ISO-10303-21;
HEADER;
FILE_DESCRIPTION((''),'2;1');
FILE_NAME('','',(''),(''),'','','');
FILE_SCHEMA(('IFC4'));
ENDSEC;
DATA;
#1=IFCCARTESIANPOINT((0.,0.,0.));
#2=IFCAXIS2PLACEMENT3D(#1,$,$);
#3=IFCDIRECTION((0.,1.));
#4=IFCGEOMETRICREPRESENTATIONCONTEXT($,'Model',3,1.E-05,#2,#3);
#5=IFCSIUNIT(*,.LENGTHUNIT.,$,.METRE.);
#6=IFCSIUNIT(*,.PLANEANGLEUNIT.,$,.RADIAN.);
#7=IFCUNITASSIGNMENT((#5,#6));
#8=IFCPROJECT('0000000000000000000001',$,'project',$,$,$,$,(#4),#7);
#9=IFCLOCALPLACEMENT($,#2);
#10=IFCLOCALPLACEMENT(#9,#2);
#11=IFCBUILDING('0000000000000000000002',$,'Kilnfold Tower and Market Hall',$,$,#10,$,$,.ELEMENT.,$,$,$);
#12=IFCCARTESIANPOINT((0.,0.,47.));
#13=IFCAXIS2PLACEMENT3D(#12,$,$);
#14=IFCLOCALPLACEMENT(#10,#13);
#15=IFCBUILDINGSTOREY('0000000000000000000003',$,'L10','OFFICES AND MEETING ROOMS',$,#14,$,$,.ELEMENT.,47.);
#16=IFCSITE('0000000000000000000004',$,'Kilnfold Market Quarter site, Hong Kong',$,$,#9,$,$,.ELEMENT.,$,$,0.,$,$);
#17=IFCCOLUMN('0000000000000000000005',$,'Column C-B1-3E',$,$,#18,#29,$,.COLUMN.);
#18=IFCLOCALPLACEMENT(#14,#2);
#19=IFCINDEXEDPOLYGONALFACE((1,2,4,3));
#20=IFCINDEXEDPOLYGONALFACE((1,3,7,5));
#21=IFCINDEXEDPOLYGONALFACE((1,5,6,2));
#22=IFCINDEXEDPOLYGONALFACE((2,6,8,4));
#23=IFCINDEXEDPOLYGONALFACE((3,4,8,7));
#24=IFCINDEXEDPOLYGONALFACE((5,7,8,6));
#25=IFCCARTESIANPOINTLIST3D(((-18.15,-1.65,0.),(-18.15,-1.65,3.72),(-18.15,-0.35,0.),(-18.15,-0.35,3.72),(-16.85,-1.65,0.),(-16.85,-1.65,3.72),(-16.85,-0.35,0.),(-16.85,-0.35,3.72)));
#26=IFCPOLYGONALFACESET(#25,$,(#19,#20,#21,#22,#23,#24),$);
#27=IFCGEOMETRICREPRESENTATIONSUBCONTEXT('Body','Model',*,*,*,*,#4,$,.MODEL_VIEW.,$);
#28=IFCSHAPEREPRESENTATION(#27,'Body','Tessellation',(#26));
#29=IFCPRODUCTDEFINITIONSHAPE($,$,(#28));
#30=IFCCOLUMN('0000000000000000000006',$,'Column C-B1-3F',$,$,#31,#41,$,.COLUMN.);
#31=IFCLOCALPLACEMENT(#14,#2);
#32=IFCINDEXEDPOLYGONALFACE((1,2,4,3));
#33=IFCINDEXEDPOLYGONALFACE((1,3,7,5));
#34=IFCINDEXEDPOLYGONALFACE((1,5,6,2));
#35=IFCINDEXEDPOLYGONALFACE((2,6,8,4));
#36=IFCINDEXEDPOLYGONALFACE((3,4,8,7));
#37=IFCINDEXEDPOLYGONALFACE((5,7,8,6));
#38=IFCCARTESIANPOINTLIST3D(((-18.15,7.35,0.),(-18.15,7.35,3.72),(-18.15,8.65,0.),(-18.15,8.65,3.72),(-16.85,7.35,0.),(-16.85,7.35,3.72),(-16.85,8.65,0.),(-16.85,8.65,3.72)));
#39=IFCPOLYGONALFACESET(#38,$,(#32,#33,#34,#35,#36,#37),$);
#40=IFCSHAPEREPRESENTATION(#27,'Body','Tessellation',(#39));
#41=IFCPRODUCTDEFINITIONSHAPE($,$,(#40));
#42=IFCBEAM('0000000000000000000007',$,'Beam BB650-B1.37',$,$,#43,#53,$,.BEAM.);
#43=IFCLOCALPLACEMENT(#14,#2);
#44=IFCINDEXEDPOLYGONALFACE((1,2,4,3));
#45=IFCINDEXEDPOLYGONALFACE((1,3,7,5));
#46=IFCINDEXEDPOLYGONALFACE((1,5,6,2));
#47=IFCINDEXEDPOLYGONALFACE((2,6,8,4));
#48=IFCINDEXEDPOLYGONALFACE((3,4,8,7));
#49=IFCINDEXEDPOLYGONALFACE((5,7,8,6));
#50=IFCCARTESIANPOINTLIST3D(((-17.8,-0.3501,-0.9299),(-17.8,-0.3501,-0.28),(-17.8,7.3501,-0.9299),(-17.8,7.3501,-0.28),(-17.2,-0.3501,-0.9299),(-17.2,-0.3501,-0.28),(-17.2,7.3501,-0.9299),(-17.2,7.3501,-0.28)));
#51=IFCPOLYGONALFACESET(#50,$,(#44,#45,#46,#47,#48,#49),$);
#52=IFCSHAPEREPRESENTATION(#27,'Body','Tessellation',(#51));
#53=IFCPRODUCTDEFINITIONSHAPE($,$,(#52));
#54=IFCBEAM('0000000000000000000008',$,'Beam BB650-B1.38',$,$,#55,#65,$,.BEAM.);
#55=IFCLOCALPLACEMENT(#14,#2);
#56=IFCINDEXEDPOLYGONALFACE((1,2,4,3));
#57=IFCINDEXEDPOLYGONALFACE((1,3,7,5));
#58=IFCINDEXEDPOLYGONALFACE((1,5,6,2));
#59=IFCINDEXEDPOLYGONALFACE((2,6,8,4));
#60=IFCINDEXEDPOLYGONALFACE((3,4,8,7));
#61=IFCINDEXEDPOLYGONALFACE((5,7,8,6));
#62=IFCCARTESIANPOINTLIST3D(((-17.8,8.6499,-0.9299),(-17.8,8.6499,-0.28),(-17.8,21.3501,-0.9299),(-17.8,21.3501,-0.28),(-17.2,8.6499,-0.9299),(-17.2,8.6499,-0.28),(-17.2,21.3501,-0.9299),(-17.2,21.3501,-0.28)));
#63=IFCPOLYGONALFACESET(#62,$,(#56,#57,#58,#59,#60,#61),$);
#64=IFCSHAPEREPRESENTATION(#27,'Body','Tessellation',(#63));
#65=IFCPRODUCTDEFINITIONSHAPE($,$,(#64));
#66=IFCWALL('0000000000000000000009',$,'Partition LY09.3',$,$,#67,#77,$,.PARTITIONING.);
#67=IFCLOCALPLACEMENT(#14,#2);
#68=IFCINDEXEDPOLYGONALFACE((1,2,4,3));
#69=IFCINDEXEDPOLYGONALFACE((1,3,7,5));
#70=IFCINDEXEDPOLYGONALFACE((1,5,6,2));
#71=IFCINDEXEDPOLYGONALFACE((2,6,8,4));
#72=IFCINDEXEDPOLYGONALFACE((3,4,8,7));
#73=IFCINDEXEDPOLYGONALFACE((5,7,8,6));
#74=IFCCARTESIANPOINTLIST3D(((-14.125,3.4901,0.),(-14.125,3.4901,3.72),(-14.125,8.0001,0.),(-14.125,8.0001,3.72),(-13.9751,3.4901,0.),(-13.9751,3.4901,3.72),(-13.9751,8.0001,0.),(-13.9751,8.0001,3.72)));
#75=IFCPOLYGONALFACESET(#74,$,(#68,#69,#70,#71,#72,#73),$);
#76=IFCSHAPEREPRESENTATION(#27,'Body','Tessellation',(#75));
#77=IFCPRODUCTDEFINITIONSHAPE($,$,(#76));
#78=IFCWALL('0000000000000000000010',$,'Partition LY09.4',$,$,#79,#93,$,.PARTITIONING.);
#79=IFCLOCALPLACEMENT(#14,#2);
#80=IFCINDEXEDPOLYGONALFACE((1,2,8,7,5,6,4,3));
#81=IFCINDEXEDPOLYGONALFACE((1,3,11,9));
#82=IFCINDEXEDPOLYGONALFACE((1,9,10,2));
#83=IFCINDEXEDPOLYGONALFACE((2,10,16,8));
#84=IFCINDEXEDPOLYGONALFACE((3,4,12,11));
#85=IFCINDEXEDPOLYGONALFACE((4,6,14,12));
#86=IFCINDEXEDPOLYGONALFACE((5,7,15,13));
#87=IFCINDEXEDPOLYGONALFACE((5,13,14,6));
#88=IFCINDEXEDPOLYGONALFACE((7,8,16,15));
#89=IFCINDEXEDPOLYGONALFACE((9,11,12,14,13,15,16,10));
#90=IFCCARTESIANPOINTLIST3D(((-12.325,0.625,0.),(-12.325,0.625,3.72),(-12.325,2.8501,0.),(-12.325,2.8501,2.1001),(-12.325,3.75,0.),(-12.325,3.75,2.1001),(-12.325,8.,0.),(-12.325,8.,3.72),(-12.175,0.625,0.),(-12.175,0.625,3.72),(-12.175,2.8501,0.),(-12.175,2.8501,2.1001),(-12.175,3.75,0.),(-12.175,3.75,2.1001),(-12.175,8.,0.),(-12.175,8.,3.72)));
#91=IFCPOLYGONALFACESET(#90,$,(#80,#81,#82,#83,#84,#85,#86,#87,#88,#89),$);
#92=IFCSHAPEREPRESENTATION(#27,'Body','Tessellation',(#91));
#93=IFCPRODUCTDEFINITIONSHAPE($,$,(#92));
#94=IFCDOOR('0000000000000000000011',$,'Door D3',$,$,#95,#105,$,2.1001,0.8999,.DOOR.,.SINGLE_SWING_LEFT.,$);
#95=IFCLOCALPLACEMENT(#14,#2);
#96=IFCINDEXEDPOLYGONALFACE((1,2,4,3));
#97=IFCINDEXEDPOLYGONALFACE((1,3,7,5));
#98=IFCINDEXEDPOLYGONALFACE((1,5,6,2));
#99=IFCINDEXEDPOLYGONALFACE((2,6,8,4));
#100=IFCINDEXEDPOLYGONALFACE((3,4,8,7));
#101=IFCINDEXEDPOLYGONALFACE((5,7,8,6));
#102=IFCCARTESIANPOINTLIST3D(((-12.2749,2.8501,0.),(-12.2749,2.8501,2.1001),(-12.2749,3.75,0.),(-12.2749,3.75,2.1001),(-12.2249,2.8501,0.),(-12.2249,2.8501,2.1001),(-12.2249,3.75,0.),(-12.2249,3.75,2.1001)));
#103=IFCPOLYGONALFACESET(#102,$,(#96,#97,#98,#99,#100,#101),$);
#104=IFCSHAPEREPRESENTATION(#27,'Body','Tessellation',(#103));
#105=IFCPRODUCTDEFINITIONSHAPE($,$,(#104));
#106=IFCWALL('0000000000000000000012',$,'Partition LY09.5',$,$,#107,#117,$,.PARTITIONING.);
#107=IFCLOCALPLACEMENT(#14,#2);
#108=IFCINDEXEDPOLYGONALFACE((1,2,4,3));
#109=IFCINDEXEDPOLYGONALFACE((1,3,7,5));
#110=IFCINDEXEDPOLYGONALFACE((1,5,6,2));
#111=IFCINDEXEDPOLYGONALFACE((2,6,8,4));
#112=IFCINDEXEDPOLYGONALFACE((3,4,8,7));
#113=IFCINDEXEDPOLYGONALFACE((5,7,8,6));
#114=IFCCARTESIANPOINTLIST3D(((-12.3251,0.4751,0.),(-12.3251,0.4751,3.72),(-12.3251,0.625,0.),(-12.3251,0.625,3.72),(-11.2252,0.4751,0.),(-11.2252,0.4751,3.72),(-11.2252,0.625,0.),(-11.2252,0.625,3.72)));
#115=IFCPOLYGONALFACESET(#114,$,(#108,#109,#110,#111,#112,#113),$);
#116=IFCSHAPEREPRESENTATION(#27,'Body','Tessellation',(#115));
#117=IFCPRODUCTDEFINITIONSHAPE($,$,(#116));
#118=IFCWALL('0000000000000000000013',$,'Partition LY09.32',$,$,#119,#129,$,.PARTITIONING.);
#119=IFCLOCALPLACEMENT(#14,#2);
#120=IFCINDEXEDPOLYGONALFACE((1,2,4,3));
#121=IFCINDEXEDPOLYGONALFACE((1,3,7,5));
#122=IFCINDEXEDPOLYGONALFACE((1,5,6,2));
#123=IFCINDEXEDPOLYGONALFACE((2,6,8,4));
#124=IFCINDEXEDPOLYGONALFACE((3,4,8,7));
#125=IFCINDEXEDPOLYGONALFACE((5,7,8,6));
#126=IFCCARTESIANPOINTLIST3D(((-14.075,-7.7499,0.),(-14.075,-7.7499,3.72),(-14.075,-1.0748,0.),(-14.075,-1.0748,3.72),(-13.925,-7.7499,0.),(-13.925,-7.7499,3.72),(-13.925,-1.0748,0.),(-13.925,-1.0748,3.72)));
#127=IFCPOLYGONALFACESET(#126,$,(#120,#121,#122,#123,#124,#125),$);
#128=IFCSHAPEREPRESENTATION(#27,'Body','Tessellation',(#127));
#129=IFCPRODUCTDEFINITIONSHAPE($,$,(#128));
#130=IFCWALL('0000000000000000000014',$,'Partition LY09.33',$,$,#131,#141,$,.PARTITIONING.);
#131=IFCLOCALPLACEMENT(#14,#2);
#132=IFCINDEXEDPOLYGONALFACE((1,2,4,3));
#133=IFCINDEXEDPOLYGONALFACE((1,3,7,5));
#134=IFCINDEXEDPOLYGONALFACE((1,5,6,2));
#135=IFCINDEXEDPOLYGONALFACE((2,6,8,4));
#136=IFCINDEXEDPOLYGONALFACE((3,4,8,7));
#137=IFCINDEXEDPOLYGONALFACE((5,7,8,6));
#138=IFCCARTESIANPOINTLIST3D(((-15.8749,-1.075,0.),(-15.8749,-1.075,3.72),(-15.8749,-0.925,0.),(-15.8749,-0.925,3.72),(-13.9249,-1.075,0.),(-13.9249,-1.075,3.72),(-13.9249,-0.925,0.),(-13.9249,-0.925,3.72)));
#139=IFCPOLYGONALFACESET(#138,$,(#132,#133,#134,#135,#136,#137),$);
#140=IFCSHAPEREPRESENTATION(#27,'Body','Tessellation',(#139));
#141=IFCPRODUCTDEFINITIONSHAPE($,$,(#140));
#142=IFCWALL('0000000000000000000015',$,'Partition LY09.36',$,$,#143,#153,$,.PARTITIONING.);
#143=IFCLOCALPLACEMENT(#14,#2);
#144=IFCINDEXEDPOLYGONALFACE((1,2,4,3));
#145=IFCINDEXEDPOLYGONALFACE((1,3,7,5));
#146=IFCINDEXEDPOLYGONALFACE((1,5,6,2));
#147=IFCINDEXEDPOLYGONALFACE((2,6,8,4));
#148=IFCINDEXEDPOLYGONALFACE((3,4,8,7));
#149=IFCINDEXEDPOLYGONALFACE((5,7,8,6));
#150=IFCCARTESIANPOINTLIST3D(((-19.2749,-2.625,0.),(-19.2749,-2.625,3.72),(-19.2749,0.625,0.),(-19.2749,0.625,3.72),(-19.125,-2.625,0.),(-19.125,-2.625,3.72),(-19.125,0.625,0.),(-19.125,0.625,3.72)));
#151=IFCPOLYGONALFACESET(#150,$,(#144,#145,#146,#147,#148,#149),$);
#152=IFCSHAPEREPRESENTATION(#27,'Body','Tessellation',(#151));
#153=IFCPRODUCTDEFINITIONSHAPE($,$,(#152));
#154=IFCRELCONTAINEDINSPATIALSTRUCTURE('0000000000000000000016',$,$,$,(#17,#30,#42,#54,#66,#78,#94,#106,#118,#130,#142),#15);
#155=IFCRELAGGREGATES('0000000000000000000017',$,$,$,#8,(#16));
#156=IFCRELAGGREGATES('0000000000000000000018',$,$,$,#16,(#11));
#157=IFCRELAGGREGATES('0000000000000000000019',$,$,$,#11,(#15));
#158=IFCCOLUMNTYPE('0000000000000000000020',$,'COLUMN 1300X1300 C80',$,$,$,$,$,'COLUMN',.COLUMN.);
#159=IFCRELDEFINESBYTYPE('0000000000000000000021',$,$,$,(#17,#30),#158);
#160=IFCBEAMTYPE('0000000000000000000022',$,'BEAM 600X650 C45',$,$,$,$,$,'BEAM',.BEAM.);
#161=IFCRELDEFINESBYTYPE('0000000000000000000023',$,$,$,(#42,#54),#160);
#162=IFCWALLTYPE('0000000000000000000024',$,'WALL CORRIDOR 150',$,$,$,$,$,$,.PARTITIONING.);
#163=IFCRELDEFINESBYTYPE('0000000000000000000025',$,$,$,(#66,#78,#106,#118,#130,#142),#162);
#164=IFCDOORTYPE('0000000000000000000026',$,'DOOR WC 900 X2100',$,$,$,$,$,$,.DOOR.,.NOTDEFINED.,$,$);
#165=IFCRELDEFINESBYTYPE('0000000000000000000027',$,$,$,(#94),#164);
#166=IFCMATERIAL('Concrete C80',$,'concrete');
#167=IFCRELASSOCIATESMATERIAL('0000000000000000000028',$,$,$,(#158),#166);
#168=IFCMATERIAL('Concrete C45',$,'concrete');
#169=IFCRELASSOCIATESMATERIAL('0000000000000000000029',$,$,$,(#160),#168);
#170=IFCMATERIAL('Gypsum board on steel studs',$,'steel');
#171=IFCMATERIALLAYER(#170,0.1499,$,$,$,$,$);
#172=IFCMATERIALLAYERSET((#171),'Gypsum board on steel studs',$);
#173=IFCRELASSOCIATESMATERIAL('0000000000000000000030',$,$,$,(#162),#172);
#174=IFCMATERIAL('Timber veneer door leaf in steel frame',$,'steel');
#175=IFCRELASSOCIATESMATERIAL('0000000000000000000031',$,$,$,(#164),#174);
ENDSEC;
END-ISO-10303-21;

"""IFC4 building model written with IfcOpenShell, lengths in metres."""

from ifc_helpers import new_model, si_unit, direction, frame, frame_2d, origin, origin_2d, place, context, subcontext, project, spatial, rectangle, extrude, source, transform, mapped, material, layer, layer_set, material_profile, profile_set, type_object, element, fill, save


model = new_model("IFC4")

# Units and contexts
model_context = context("Model", 3, precision=1e-05, world=origin(), true_north=direction((0.0, 1.0)))
body_context = subcontext(model_context, "Body", "Model", "MODEL_VIEW")
ifc_project = project(units=[si_unit("LENGTHUNIT", "METRE"), si_unit("PLANEANGLEUNIT", "RADIAN")], contexts=[model_context])

# Site, building, storey
site_placement = place(None, origin())
site = spatial("IfcSite", under=ifc_project, at=site_placement, Name="Kilnfold Market Quarter site, Hong Kong", CompositionType="ELEMENT", RefElevation=0.0)
building_placement = place(site_placement, origin())
building = spatial("IfcBuilding", under=site, at=building_placement, Name="Kilnfold Tower and Market Hall", CompositionType="ELEMENT")
storey_placement = place(building_placement, frame((0.0, 0.0, 47.0)))
storey = spatial("IfcBuildingStorey", under=building, at=storey_placement, Name="L10", Description="OFFICES AND MEETING ROOMS", CompositionType="ELEMENT", Elevation=47.0)

# Columns
ifc_material_1 = material(Name="Concrete C80", Category="concrete")
ifc_material_profile_1 = material_profile(ifc_material_1, rectangle(XDim=1.3, YDim=1.3, at=origin_2d()), Name="RC 1300x1300")
ifc_profile_set_1 = profile_set([ifc_material_profile_1], Name="Concrete C80")
column_type = type_object("IfcColumnType", Name="COLUMN 1300X1300 C80", ElementType="COLUMN", PredefinedType="COLUMN", material=ifc_profile_set_1)
shared_shape_1 = source(origin(), body_context, "Body", "SweptSolid", [
    extrude(rectangle(XDim=1.3, YDim=1.3, at=origin_2d()), origin(), (0.0, 0.0, 1.0), 3.72),
])
for number, where, z_axis, x_axis, name in (
    (1, (-17.5, -1.0, 0.0), (0.0, 0.0, 1.0), (1.0, 0.0, 0.0), "Column C-B1-3E"),
    (2, (-17.5, 8.0, 0.0), (0.0, 0.0, 1.0), (1.0, 0.0, 0.0), "Column C-B1-3F"),
):
    element("IfcColumn", number, at=place(storey_placement, frame(where, z_axis=z_axis, x_axis=x_axis)), inside=storey, type_object=column_type, Name=name, PredefinedType="COLUMN", context=body_context, shape_type="MappedRepresentation", body=[
        mapped(shared_shape_1, transform((0.0, 0.0, 0.0))),
    ])

# Beams
ifc_material_2 = material(Name="Concrete C45", Category="concrete")
ifc_material_profile_2 = material_profile(ifc_material_2, rectangle(XDim=0.6001, YDim=0.6499, at=origin_2d()), Name="RC 600x650")
ifc_profile_set_2 = profile_set([ifc_material_profile_2], Name="Concrete C45")
beam_type = type_object("IfcBeamType", Name="BEAM 600X650 C45", ElementType="BEAM", PredefinedType="BEAM", material=ifc_profile_set_2)
shared_shape_2 = source(origin(), body_context, "Body", "SweptSolid", [
    extrude(rectangle(XDim=0.6001, YDim=0.6499, at=origin_2d()), origin(), (0.0, 0.0, 1.0), 7.7002),
])
beam_1_placement = place(storey_placement, frame((-17.5, -0.3501, -0.605), z_axis=(0.0, 1.0, 0.0), x_axis=(-1.0, 0.0, 0.0)))
element("IfcBeam", 3, at=beam_1_placement, inside=storey, type_object=beam_type, Name="Beam BB650-B1.37", PredefinedType="BEAM", context=body_context, shape_type="MappedRepresentation", body=[
    mapped(shared_shape_2, transform((0.0, 0.0, 0.0))),
])
shared_shape_3 = source(origin(), body_context, "Body", "SweptSolid", [
    extrude(rectangle(XDim=0.6001, YDim=0.6499, at=origin_2d()), origin(), (0.0, 0.0, 1.0), 12.7002),
])
beam_2_placement = place(storey_placement, frame((-17.5, 8.6499, -0.605), z_axis=(0.0, 1.0, 0.0), x_axis=(-1.0, 0.0, 0.0)))
element("IfcBeam", 4, at=beam_2_placement, inside=storey, type_object=beam_type, Name="Beam BB650-B1.38", PredefinedType="BEAM", context=body_context, shape_type="MappedRepresentation", body=[
    mapped(shared_shape_3, transform((0.0, 0.0, 0.0))),
])

# Wall
ifc_material_3 = material(Name="Gypsum board on steel studs", Category="steel")
ifc_layer_1 = layer(ifc_material_3, 0.1499)
ifc_layer_set_1 = layer_set([ifc_layer_1], Name="Gypsum board on steel studs")
wall_type_1 = type_object("IfcWallType", Name="WALL CORRIDOR 150", PredefinedType="PARTITIONING", material=ifc_layer_set_1)
wall_1_placement = place(storey_placement, frame((-14.05, 8.0, 0.0), z_axis=(0.0, 0.0, 1.0), x_axis=(0.0, -1.0, 0.0)))
element("IfcWall", 5, at=wall_1_placement, inside=storey, type_object=wall_type_1, Name="Partition LY09.3", PredefinedType="PARTITIONING", context=body_context, shape_type="SweptSolid", body=[
    extrude(rectangle(XDim=4.51, YDim=0.1499, at=frame_2d((2.2549, 0.0))), origin(), (0.0, 0.0, 1.0), 3.72),
])

# Wall, opening, door
wall_2_placement = place(storey_placement, frame((-12.25, 0.625, 0.0), z_axis=(0.0, 0.0, 1.0), x_axis=(0.0, 1.0, 0.0)))
wall_2 = element("IfcWall", 6, at=wall_2_placement, inside=storey, type_object=wall_type_1, Name="Partition LY09.4", PredefinedType="PARTITIONING", context=body_context, shape_type="SweptSolid", body=[
    extrude(rectangle(XDim=7.375, YDim=0.1499, at=frame_2d((3.6875, 0.0))), origin(), (0.0, 0.0, 1.0), 3.72),
])
opening_1_placement = place(wall_2_placement, frame((2.2251, 0.0, 0.0)))
opening_1 = element("IfcOpeningElement", 7, at=opening_1_placement, cuts=wall_2, PredefinedType="OPENING", context=body_context, shape_type="SweptSolid", body=[
    extrude(rectangle(XDim=0.8999, YDim=2.1001, at=frame_2d((0.45, 1.05))), frame((0.0, 0.085, 0.0), z_axis=(0.0, -1.0, 0.0), x_axis=(1.0, 0.0, 0.0)), (0.0, 0.0, 1.0), 0.1699),
])
ifc_material_4 = material(Name="Timber veneer door leaf in steel frame", Category="steel")
door_type_1 = type_object("IfcDoorType", Name="DOOR WC 900 X2100", OperationType="NOTDEFINED", PredefinedType="DOOR", material=ifc_material_4)
door_1_placement = place(opening_1_placement, origin())
door_1 = element("IfcDoor", 8, at=door_1_placement, inside=storey, type_object=door_type_1, Name="Door D3", OperationType="SINGLE_SWING_LEFT", OverallHeight=2.1001, OverallWidth=0.8999, PredefinedType="DOOR", context=body_context, shape_type="SweptSolid", body=[
    extrude(rectangle(XDim=0.8999, YDim=2.1001, at=frame_2d((0.45, 1.05))), frame((0.0, 0.0249, 0.0), z_axis=(0.0, -1.0, 0.0), x_axis=(1.0, 0.0, 0.0)), (0.0, 0.0, 1.0), 0.05),
])
fill(opening_1, door_1)

# Walls
wall_3_placement = place(storey_placement, frame((-12.325, 0.55, 0.0), z_axis=(0.0, 0.0, 1.0), x_axis=(1.0, 0.0, 0.0)))
element("IfcWall", 9, at=wall_3_placement, inside=storey, type_object=wall_type_1, Name="Partition LY09.5", PredefinedType="PARTITIONING", context=body_context, shape_type="SweptSolid", body=[
    extrude(rectangle(XDim=1.0999, YDim=0.1499, at=frame_2d((0.5498, 0.0))), origin(), (0.0, 0.0, 1.0), 3.72),
])
wall_4_placement = place(storey_placement, frame((-14.0, -1.075, 0.0), z_axis=(0.0, 0.0, 1.0), x_axis=(0.0, -1.0, 0.0)))
element("IfcWall", 10, at=wall_4_placement, inside=storey, type_object=wall_type_1, Name="Partition LY09.32", PredefinedType="PARTITIONING", context=body_context, shape_type="SweptSolid", body=[
    extrude(rectangle(XDim=6.675, YDim=0.1499, at=frame_2d((3.3374, 0.0))), origin(), (0.0, 0.0, 1.0), 3.72),
])
wall_5_placement = place(storey_placement, frame((-15.875, -1.0, 0.0), z_axis=(0.0, 0.0, 1.0), x_axis=(1.0, 0.0, 0.0)))
element("IfcWall", 11, at=wall_5_placement, inside=storey, type_object=wall_type_1, Name="Partition LY09.33", PredefinedType="PARTITIONING", context=body_context, shape_type="SweptSolid", body=[
    extrude(rectangle(XDim=1.95, YDim=0.1499, at=frame_2d((0.9751, 0.0))), origin(), (0.0, 0.0, 1.0), 3.72),
])
wall_6_placement = place(storey_placement, frame((-19.2, 0.625, 0.0), z_axis=(0.0, 0.0, 1.0), x_axis=(0.0, -1.0, 0.0)))
element("IfcWall", 12, at=wall_6_placement, inside=storey, type_object=wall_type_1, Name="Partition LY09.36", PredefinedType="PARTITIONING", context=body_context, shape_type="SweptSolid", body=[
    extrude(rectangle(XDim=3.25, YDim=0.1499, at=frame_2d((1.625, 0.0))), origin(), (0.0, 0.0, 1.0), 3.72),
])

save(model, "model.ifc")
